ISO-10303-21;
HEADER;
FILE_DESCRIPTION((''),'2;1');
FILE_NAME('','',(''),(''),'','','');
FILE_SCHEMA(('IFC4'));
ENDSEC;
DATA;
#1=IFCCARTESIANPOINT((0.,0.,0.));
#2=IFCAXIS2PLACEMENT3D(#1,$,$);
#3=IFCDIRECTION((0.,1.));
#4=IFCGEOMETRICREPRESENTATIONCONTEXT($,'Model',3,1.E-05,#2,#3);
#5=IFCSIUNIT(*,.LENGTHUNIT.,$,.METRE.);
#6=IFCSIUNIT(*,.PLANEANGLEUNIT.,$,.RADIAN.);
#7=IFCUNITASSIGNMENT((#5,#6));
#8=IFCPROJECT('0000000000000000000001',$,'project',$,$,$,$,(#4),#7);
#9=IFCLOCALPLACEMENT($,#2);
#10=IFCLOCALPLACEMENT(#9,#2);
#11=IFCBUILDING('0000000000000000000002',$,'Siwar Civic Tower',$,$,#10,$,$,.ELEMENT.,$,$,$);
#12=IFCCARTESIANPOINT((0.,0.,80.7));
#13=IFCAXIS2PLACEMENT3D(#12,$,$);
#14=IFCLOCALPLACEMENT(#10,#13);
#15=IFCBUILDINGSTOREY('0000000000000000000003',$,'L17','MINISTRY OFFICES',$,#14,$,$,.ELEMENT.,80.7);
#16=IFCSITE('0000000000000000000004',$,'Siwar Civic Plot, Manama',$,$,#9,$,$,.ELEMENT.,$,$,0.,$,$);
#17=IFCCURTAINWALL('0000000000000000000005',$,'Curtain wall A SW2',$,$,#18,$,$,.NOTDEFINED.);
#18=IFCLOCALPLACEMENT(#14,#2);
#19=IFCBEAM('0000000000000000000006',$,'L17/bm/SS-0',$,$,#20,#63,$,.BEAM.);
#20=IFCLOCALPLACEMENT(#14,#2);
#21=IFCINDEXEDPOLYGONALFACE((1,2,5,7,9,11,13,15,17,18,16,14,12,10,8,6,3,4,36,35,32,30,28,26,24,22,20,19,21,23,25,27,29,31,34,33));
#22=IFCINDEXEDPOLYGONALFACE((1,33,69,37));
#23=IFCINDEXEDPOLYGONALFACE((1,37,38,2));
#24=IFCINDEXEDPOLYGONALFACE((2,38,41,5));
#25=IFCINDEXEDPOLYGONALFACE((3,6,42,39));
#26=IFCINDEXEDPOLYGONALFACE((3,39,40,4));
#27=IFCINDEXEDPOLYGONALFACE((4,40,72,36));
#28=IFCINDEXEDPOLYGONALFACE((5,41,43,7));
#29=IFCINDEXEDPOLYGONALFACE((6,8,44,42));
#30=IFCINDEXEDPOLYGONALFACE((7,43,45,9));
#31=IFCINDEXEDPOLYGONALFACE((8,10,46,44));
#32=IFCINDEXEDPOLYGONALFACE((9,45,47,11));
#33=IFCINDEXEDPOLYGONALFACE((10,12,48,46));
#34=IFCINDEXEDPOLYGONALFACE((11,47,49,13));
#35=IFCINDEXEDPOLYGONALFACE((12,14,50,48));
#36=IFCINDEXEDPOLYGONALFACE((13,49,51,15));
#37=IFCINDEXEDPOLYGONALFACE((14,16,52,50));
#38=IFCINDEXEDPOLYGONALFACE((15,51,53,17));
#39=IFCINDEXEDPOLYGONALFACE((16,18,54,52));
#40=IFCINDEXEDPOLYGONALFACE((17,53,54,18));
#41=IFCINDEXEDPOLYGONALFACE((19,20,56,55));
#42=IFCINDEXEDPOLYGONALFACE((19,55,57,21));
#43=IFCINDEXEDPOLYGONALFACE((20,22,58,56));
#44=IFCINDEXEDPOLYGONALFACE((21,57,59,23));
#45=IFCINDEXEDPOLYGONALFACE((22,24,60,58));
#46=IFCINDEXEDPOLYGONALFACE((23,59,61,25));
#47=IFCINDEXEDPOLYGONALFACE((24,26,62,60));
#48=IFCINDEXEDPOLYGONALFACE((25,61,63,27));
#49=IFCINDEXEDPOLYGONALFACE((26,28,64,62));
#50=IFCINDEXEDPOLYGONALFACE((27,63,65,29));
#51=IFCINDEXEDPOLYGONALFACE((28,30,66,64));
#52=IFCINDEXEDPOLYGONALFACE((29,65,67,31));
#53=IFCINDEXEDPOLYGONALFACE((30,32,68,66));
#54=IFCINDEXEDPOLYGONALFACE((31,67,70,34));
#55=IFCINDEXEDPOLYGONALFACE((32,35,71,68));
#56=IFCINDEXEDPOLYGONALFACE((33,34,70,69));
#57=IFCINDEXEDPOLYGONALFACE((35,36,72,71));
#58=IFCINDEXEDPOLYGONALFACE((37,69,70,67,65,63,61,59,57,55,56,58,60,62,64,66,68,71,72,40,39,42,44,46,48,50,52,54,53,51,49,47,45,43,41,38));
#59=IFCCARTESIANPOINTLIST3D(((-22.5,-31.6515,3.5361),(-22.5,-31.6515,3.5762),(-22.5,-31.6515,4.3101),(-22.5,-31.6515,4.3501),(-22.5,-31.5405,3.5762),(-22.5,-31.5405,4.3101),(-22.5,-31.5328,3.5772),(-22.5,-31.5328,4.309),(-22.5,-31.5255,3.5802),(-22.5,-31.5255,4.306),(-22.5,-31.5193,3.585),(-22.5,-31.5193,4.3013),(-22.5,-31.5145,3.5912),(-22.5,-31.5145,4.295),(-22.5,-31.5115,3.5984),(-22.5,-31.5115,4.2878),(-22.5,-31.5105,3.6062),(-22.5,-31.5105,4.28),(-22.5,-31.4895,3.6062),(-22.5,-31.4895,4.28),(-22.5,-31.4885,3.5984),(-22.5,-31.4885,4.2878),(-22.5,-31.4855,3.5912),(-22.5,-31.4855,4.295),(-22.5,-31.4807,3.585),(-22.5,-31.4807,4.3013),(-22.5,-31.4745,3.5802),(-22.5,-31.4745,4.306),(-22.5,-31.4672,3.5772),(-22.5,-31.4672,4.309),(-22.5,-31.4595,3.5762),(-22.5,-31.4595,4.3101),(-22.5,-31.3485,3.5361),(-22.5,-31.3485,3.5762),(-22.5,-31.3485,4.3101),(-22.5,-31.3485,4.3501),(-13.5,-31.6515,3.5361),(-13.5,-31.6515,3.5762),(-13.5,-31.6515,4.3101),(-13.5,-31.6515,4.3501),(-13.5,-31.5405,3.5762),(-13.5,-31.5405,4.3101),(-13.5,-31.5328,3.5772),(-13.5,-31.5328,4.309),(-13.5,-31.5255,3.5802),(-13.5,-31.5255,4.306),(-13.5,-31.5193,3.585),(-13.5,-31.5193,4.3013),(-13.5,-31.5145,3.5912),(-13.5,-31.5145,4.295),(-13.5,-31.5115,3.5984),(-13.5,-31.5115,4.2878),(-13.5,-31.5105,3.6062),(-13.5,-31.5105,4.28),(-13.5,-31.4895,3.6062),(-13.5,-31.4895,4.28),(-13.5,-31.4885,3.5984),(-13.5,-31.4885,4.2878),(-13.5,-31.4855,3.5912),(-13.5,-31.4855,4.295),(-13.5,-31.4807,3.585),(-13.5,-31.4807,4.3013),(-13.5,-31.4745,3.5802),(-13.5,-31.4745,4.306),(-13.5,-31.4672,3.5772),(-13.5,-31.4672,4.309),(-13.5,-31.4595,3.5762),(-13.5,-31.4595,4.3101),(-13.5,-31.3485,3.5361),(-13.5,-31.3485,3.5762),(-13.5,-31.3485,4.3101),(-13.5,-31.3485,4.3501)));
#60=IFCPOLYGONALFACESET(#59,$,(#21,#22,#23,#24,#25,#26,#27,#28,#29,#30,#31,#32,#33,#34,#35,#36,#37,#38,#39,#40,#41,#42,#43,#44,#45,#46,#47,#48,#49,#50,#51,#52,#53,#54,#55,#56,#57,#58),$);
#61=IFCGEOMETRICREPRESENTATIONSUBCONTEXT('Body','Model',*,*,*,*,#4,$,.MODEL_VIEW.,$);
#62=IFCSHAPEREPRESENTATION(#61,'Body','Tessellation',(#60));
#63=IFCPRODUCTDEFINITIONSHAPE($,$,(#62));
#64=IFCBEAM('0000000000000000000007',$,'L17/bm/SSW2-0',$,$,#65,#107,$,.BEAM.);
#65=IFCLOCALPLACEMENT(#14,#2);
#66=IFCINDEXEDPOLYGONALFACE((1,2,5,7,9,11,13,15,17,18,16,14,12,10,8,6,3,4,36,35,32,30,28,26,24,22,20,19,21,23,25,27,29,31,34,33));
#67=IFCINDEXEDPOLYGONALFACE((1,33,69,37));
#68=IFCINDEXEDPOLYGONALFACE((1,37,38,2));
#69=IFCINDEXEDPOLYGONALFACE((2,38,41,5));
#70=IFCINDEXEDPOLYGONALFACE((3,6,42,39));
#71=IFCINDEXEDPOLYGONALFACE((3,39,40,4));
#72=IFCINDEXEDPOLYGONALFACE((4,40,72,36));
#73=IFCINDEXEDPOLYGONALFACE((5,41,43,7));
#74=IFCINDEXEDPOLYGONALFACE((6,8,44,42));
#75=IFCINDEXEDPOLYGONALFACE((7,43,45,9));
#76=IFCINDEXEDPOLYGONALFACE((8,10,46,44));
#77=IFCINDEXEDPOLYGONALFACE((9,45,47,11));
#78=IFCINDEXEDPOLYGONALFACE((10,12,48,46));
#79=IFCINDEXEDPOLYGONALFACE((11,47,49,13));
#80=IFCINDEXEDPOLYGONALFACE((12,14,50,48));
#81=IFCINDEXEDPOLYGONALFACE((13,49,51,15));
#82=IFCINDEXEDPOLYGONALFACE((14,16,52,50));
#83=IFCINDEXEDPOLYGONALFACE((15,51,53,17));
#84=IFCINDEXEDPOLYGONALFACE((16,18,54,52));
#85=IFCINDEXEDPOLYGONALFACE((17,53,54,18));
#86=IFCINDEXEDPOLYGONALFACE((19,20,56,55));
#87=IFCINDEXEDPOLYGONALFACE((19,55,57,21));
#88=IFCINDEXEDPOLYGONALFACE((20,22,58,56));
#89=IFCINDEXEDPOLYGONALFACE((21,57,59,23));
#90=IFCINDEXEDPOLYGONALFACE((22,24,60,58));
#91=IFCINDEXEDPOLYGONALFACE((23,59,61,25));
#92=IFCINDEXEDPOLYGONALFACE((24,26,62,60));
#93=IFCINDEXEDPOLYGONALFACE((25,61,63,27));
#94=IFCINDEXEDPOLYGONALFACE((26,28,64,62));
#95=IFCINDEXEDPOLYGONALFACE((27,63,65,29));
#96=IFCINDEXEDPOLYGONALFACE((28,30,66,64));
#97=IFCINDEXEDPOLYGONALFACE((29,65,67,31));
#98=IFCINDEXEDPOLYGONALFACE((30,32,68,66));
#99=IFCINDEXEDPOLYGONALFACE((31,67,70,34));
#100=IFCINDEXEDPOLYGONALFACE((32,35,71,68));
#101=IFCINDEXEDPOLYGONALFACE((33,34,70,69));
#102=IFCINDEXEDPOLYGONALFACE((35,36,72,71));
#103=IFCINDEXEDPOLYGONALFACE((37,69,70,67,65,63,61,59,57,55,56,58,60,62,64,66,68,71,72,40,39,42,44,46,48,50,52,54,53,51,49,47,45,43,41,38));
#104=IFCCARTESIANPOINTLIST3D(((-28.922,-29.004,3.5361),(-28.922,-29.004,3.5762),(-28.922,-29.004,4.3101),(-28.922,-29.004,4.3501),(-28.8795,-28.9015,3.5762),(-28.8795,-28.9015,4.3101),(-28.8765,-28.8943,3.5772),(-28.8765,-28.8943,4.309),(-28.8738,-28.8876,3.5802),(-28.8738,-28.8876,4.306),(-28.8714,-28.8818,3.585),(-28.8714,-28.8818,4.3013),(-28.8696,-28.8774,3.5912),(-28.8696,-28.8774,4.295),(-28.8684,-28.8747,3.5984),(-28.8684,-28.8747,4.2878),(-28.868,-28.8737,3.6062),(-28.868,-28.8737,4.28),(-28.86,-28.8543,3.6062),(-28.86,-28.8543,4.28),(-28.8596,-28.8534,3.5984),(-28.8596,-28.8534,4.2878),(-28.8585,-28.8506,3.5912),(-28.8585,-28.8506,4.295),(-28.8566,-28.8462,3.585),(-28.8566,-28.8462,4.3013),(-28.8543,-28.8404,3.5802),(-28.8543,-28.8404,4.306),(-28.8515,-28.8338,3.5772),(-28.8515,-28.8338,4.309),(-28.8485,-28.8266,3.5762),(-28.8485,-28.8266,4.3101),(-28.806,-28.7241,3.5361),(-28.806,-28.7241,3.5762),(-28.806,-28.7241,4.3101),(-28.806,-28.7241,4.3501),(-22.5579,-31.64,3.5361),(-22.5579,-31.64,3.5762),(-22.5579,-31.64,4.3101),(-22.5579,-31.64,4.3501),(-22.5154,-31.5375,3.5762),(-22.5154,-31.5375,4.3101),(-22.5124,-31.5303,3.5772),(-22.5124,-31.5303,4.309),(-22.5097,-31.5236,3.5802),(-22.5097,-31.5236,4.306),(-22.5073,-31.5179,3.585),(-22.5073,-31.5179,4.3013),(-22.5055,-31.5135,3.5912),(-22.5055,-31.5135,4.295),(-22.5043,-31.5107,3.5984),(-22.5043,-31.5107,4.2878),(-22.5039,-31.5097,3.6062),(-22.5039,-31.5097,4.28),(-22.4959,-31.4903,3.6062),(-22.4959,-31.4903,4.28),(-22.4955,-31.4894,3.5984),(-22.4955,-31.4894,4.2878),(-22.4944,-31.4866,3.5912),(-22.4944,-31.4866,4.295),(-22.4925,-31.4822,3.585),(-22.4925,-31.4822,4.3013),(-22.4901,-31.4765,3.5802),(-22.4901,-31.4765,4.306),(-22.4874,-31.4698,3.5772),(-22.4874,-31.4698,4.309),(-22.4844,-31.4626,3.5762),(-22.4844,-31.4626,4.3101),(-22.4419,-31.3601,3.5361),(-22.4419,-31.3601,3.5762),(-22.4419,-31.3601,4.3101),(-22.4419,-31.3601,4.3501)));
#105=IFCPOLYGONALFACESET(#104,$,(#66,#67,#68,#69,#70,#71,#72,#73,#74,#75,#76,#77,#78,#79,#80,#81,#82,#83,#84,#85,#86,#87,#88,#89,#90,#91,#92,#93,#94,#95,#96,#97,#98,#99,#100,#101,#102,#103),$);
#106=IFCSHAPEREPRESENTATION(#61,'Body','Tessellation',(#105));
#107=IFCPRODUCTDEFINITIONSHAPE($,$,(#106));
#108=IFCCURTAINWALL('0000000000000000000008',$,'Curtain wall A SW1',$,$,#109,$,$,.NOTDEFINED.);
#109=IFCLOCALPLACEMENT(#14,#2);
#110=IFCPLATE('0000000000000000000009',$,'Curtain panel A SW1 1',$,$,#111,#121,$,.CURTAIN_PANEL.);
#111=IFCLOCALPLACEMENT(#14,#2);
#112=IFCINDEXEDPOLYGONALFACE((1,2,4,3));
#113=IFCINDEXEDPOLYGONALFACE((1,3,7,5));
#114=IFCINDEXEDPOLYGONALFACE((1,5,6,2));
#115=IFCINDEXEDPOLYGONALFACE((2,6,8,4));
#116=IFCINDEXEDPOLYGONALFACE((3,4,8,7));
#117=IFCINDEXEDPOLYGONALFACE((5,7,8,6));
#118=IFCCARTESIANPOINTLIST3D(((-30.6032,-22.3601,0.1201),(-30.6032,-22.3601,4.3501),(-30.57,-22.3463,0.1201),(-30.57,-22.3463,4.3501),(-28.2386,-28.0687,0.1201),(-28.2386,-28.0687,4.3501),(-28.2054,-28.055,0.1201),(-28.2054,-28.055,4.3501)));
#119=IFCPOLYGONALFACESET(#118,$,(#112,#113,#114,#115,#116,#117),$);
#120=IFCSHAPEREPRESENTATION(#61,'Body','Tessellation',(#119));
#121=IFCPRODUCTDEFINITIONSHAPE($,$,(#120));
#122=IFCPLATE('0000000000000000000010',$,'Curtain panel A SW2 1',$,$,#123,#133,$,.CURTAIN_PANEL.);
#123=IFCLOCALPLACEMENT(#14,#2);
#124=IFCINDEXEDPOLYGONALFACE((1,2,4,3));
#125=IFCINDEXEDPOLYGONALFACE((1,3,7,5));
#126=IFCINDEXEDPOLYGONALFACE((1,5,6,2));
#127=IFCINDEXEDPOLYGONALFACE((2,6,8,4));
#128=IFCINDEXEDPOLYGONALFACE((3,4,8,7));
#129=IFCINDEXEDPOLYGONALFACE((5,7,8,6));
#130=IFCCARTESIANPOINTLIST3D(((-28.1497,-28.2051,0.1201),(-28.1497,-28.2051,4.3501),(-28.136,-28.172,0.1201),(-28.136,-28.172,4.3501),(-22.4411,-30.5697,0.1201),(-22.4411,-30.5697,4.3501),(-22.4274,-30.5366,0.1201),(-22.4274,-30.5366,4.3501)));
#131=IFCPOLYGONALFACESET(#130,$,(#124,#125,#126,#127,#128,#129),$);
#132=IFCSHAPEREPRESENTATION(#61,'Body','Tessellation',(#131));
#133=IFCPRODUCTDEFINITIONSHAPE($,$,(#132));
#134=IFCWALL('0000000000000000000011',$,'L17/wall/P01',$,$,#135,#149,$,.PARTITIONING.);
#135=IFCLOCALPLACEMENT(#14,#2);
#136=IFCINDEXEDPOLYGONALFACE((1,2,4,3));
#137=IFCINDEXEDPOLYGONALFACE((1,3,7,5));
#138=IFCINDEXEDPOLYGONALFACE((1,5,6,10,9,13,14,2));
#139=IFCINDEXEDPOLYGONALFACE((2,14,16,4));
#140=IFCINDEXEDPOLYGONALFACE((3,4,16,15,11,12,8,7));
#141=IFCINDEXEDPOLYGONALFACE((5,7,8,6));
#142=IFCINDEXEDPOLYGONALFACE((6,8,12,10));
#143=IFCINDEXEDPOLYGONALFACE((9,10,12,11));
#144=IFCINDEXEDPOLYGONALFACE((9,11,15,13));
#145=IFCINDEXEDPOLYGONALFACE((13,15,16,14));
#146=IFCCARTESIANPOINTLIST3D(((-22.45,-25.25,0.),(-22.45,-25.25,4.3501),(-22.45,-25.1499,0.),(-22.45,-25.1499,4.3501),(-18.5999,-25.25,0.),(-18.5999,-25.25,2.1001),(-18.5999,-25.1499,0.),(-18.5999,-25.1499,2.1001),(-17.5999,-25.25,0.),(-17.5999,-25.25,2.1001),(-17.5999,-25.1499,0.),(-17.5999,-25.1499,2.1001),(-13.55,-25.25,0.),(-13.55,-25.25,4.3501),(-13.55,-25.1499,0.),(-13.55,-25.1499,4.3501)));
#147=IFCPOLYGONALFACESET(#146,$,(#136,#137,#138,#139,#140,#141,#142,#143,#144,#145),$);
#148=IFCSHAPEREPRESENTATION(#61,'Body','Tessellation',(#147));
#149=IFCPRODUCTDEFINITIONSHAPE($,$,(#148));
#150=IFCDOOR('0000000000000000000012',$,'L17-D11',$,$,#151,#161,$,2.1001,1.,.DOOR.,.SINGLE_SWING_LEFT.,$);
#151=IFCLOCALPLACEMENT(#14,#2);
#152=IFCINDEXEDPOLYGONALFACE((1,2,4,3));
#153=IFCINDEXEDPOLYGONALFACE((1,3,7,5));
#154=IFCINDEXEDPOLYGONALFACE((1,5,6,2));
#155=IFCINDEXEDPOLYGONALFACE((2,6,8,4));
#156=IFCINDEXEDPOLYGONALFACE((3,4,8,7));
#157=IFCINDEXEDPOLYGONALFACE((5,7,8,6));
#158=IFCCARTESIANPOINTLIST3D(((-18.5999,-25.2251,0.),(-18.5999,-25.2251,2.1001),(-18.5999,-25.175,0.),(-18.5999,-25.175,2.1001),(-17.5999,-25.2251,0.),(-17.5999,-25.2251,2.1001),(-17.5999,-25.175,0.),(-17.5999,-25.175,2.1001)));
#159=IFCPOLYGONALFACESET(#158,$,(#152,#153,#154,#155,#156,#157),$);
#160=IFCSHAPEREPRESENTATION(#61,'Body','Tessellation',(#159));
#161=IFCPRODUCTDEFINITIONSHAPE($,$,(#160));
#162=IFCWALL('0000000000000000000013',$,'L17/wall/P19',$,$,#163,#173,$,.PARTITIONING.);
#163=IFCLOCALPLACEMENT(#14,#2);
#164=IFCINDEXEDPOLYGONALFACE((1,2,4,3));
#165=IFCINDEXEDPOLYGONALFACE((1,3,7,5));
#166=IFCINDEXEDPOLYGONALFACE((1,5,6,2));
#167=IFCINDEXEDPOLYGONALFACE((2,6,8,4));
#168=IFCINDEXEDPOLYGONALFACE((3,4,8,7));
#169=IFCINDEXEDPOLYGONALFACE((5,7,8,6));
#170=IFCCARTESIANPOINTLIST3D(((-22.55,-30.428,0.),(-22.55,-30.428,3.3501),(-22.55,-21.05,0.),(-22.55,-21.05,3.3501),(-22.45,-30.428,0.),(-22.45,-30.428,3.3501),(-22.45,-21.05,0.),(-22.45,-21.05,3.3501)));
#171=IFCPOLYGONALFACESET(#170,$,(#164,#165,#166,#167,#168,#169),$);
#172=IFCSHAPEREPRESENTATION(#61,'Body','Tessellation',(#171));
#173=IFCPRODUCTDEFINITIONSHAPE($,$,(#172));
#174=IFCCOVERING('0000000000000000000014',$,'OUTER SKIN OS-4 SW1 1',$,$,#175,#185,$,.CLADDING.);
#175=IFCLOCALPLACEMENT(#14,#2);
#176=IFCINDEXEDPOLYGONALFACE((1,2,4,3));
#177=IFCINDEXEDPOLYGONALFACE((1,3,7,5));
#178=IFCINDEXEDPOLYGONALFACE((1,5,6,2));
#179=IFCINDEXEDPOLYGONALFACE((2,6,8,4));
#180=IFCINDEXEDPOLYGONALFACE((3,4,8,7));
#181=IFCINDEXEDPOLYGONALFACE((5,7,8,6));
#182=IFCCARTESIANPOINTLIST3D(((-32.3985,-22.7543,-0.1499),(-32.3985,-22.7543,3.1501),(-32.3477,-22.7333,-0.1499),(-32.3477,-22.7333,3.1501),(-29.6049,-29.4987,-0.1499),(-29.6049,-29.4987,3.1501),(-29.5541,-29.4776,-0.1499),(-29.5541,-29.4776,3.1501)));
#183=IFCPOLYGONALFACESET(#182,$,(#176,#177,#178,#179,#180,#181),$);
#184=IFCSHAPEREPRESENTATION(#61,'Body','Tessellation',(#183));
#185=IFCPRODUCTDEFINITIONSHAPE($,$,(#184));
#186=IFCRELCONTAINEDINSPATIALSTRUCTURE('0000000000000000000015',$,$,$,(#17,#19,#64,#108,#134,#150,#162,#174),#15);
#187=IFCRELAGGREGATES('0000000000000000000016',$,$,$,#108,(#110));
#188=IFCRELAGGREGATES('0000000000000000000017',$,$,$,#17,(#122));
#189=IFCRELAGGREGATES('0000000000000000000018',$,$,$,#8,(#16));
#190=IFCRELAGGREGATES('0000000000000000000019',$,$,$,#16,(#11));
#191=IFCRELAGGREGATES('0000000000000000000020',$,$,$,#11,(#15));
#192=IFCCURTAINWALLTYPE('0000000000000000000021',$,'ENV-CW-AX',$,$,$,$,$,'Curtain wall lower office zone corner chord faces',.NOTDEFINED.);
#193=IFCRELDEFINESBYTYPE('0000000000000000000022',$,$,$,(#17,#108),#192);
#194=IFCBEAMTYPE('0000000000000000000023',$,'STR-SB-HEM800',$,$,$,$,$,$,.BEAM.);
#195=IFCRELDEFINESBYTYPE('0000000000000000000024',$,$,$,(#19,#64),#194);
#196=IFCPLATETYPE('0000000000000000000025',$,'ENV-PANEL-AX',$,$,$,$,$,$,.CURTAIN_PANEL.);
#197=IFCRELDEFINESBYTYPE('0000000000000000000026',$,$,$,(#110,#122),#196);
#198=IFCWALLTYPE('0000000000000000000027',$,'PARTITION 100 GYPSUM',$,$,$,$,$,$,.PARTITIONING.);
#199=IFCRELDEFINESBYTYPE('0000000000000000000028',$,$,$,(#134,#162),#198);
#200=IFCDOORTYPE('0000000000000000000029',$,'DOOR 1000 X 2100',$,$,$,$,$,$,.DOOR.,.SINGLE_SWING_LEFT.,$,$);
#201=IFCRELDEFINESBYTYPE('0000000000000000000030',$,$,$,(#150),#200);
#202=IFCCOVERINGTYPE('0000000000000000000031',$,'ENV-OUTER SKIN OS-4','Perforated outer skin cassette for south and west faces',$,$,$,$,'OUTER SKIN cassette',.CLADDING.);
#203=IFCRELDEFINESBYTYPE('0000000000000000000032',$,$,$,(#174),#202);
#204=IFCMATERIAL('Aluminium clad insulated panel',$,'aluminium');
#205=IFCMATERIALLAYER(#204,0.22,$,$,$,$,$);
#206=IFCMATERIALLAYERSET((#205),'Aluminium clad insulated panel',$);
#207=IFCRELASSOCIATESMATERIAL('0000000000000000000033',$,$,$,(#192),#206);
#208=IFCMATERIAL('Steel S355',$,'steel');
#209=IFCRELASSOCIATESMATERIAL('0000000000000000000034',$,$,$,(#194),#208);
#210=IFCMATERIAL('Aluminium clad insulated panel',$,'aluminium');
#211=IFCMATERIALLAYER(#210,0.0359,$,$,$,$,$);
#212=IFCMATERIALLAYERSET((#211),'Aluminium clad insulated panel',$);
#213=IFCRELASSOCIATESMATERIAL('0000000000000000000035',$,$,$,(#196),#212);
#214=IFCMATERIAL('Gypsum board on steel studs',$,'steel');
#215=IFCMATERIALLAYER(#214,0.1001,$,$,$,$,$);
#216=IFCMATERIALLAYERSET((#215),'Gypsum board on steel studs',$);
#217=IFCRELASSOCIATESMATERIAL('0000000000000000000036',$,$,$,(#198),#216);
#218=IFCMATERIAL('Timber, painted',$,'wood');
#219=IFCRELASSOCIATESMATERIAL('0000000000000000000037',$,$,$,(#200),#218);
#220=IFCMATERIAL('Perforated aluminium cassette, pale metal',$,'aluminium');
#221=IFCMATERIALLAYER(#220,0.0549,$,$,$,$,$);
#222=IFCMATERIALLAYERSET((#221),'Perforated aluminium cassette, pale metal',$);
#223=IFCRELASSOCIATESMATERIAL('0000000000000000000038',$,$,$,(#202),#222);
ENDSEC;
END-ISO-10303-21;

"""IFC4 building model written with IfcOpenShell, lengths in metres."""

from ifc_helpers import new_model, si_unit, direction, frame, frame_2d, origin, origin_2d, place, context, subcontext, project, spatial, rectangle, i_section, extrude, material, layer, layer_set, material_profile, profile_set, type_object, element, fill, aggregate, save


model = new_model("IFC4")

# Units and contexts
model_context = context("Model", 3, precision=1e-05, world=origin(), true_north=direction((0.0, 1.0)))
body_context = subcontext(model_context, "Body", "Model", "MODEL_VIEW")
ifc_project = project(units=[si_unit("LENGTHUNIT", "METRE"), si_unit("PLANEANGLEUNIT", "RADIAN")], contexts=[model_context])

# Site, building, storey
site_placement = place(None, origin())
site = spatial("IfcSite", under=ifc_project, at=site_placement, Name="Siwar Civic Plot, Manama", CompositionType="ELEMENT", RefElevation=0.0)
building_placement = place(site_placement, origin())
building = spatial("IfcBuilding", under=site, at=building_placement, Name="Siwar Civic Tower", CompositionType="ELEMENT")
storey_placement = place(building_placement, frame((0.0, 0.0, 80.7)))
storey = spatial("IfcBuildingStorey", under=building, at=storey_placement, Name="L17", Description="MINISTRY OFFICES", CompositionType="ELEMENT", Elevation=80.7)

# Curtain wall
ifc_material_1 = material(Name="Aluminium clad insulated panel", Category="aluminium")
ifc_layer_1 = layer(ifc_material_1, 0.22)
ifc_layer_set_1 = layer_set([ifc_layer_1], Name="Aluminium clad insulated panel")
curtain_wall_type_1 = type_object("IfcCurtainWallType", Name="ENV-CW-AX", ElementType="Curtain wall lower office zone corner chord faces", PredefinedType="NOTDEFINED", material=ifc_layer_set_1)
curtain_wall_1_placement = place(storey_placement, origin())
curtain_wall_1 = element("IfcCurtainWall", 1, at=curtain_wall_1_placement, inside=storey, type_object=curtain_wall_type_1, Name="Curtain wall A SW2", PredefinedType="NOTDEFINED")

# Beams
ifc_material_2 = material(Name="Steel S355", Category="steel")
ifc_material_profile_1 = material_profile(ifc_material_2, i_section(OverallWidth=0.303, OverallDepth=0.814, WebThickness=0.021, FlangeThickness=0.04, FilletRadius=0.03, at=origin_2d()), Name="HEM800")
ifc_profile_set_1 = profile_set([ifc_material_profile_1], Name="Steel S355")
beam_type_1 = type_object("IfcBeamType", Name="STR-SB-HEM800", PredefinedType="BEAM", material=ifc_profile_set_1)
beam_1_placement = place(storey_placement, frame((-22.5, -31.5, 3.9431), z_axis=(1.0, 0.0, 0.0), x_axis=(0.0, 1.0, 0.0)))
element("IfcBeam", 2, at=beam_1_placement, inside=storey, type_object=beam_type_1, Name="L17/bm/SS-0", PredefinedType="BEAM", context=body_context, shape_type="SweptSolid", body=[
    extrude(i_section(OverallWidth=0.303, OverallDepth=0.814, WebThickness=0.021, FlangeThickness=0.04, FilletRadius=0.03, at=origin_2d()), origin(), (0.0, 0.0, 1.0), 9.0),
])
beam_2_placement = place(storey_placement, frame((-28.864, -28.864, 3.9431), z_axis=(0.923883, -0.382674, 0.0), x_axis=(0.382674, 0.923883, 0.0)))
element("IfcBeam", 3, at=beam_2_placement, inside=storey, type_object=beam_type_1, Name="L17/bm/SSW2-0", PredefinedType="BEAM", context=body_context, shape_type="SweptSolid", body=[
    extrude(i_section(OverallWidth=0.303, OverallDepth=0.814, WebThickness=0.021, FlangeThickness=0.04, FilletRadius=0.03, at=origin_2d()), origin(), (0.0, 0.0, 1.0), 6.8884),
])

# Curtain wall, plate
curtain_wall_2_placement = place(storey_placement, origin())
curtain_wall_2 = element("IfcCurtainWall", 4, at=curtain_wall_2_placement, inside=storey, type_object=curtain_wall_type_1, Name="Curtain wall A SW1", PredefinedType="NOTDEFINED")
ifc_material_3 = material(Name="Aluminium clad insulated panel", Category="aluminium")
ifc_layer_2 = layer(ifc_material_3, 0.0359)
ifc_layer_set_2 = layer_set([ifc_layer_2], Name="Aluminium clad insulated panel")
plate_type = type_object("IfcPlateType", Name="ENV-PANEL-AX", PredefinedType="CURTAIN_PANEL", material=ifc_layer_set_2)
plate_1_placement = place(storey_placement, frame((-29.4043, -25.2075, 0.1201), z_axis=(0.0, 0.0, 1.0), x_axis=(0.382683, -0.92388, 0.0)))
plate_1 = element("IfcPlate", 5, at=plate_1_placement, type_object=plate_type, Name="Curtain panel A SW1 1", PredefinedType="CURTAIN_PANEL", context=body_context, shape_type="SweptSolid", body=[
    extrude(rectangle(XDim=6.179, YDim=0.0359, at=origin_2d()), origin(), (0.0, 0.0, 1.0), 4.23),
])
aggregate(curtain_wall_2, [plate_1])

# Plate
plate_2_placement = place(storey_placement, frame((-25.2886, -29.3708, 0.1201), z_axis=(0.0, 0.0, 1.0), x_axis=(0.92388, -0.382683, 0.0)))
plate_2 = element("IfcPlate", 6, at=plate_2_placement, type_object=plate_type, Name="Curtain panel A SW2 1", PredefinedType="CURTAIN_PANEL", context=body_context, shape_type="SweptSolid", body=[
    extrude(rectangle(XDim=6.179, YDim=0.0359, at=origin_2d()), origin(), (0.0, 0.0, 1.0), 4.23),
])
aggregate(curtain_wall_1, [plate_2])

# Wall, opening, door
ifc_material_4 = material(Name="Gypsum board on steel studs", Category="steel")
ifc_layer_3 = layer(ifc_material_4, 0.1001)
ifc_layer_set_3 = layer_set([ifc_layer_3], Name="Gypsum board on steel studs")
wall_type = type_object("IfcWallType", Name="PARTITION 100 GYPSUM", PredefinedType="PARTITIONING", material=ifc_layer_set_3)
wall_1_placement = place(storey_placement, frame((-22.45, -25.2, 0.0), z_axis=(0.0, 0.0, 1.0), x_axis=(1.0, 0.0, 0.0)))
wall_1 = element("IfcWall", 7, at=wall_1_placement, inside=storey, type_object=wall_type, Name="L17/wall/P01", PredefinedType="PARTITIONING", context=body_context, shape_type="SweptSolid", body=[
    extrude(rectangle(XDim=8.8999, YDim=0.1001, at=frame_2d((4.45, 0.0))), origin(), (0.0, 0.0, 1.0), 4.3501),
])
opening_placement = place(wall_1_placement, frame((3.8501, 0.0, 0.0)))
opening = element("IfcOpeningElement", 8, at=opening_placement, cuts=wall_1, PredefinedType="OPENING", context=body_context, shape_type="SweptSolid", body=[
    extrude(rectangle(XDim=1.0, YDim=2.1001, at=frame_2d((0.5, 1.05))), frame((0.0, 0.0601, 0.0), z_axis=(0.0, -1.0, 0.0), x_axis=(1.0, 0.0, 0.0)), (0.0, 0.0, 1.0), 0.1201),
])
ifc_material_5 = material(Name="Timber, painted", Category="wood")
door_type = type_object("IfcDoorType", Name="DOOR 1000 X 2100", OperationType="SINGLE_SWING_LEFT", PredefinedType="DOOR", material=ifc_material_5)
door_placement = place(opening_placement, origin())
door = element("IfcDoor", 9, at=door_placement, inside=storey, type_object=door_type, Name="L17-D11", OperationType="SINGLE_SWING_LEFT", OverallHeight=2.1001, OverallWidth=1.0, PredefinedType="DOOR", context=body_context, shape_type="SweptSolid", body=[
    extrude(rectangle(XDim=1.0, YDim=2.1001, at=frame_2d((0.5, 1.05))), frame((0.0, 0.0249, 0.0), z_axis=(0.0, -1.0, 0.0), x_axis=(1.0, 0.0, 0.0)), (0.0, 0.0, 1.0), 0.05),
])
fill(opening, door)

# Wall
wall_2_placement = place(storey_placement, frame((-22.5, -30.428, 0.0), z_axis=(0.0, 0.0, 1.0), x_axis=(0.0, 1.0, 0.0)))
element("IfcWall", 10, at=wall_2_placement, inside=storey, type_object=wall_type, Name="L17/wall/P19", PredefinedType="PARTITIONING", context=body_context, shape_type="SweptSolid", body=[
    extrude(rectangle(XDim=9.3779, YDim=0.1001, at=frame_2d((4.689, 0.0))), origin(), (0.0, 0.0, 1.0), 3.3501),
])

# Covering
ifc_material_6 = material(Name="Perforated aluminium cassette, pale metal", Category="aluminium")
ifc_layer_4 = layer(ifc_material_6, 0.0549)
ifc_layer_set_4 = layer_set([ifc_layer_4], Name="Perforated aluminium cassette, pale metal")
covering_type = type_object("IfcCoveringType", Name="ENV-OUTER SKIN OS-4", Description="Perforated outer skin cassette for south and west faces", ElementType="OUTER SKIN cassette", PredefinedType="CLADDING", material=ifc_layer_set_4)
for number, where, z_axis, x_axis, name in (
    (11, (-30.9763, -26.116, -0.1499), (0.0, 0.0, 1.0), (0.382683, -0.92388, 0.0), "OUTER SKIN OS-4 SW1 1"),
):
    element("IfcCovering", number, at=place(storey_placement, frame(where, z_axis=z_axis, x_axis=x_axis)), inside=storey, type_object=covering_type, Name=name, PredefinedType="CLADDING", context=body_context, shape_type="SweptSolid", body=[
        extrude(rectangle(XDim=7.3, YDim=0.0549, at=origin_2d()), origin(), (0.0, 0.0, 1.0), 3.3),
    ])

save(model, "model.ifc")
